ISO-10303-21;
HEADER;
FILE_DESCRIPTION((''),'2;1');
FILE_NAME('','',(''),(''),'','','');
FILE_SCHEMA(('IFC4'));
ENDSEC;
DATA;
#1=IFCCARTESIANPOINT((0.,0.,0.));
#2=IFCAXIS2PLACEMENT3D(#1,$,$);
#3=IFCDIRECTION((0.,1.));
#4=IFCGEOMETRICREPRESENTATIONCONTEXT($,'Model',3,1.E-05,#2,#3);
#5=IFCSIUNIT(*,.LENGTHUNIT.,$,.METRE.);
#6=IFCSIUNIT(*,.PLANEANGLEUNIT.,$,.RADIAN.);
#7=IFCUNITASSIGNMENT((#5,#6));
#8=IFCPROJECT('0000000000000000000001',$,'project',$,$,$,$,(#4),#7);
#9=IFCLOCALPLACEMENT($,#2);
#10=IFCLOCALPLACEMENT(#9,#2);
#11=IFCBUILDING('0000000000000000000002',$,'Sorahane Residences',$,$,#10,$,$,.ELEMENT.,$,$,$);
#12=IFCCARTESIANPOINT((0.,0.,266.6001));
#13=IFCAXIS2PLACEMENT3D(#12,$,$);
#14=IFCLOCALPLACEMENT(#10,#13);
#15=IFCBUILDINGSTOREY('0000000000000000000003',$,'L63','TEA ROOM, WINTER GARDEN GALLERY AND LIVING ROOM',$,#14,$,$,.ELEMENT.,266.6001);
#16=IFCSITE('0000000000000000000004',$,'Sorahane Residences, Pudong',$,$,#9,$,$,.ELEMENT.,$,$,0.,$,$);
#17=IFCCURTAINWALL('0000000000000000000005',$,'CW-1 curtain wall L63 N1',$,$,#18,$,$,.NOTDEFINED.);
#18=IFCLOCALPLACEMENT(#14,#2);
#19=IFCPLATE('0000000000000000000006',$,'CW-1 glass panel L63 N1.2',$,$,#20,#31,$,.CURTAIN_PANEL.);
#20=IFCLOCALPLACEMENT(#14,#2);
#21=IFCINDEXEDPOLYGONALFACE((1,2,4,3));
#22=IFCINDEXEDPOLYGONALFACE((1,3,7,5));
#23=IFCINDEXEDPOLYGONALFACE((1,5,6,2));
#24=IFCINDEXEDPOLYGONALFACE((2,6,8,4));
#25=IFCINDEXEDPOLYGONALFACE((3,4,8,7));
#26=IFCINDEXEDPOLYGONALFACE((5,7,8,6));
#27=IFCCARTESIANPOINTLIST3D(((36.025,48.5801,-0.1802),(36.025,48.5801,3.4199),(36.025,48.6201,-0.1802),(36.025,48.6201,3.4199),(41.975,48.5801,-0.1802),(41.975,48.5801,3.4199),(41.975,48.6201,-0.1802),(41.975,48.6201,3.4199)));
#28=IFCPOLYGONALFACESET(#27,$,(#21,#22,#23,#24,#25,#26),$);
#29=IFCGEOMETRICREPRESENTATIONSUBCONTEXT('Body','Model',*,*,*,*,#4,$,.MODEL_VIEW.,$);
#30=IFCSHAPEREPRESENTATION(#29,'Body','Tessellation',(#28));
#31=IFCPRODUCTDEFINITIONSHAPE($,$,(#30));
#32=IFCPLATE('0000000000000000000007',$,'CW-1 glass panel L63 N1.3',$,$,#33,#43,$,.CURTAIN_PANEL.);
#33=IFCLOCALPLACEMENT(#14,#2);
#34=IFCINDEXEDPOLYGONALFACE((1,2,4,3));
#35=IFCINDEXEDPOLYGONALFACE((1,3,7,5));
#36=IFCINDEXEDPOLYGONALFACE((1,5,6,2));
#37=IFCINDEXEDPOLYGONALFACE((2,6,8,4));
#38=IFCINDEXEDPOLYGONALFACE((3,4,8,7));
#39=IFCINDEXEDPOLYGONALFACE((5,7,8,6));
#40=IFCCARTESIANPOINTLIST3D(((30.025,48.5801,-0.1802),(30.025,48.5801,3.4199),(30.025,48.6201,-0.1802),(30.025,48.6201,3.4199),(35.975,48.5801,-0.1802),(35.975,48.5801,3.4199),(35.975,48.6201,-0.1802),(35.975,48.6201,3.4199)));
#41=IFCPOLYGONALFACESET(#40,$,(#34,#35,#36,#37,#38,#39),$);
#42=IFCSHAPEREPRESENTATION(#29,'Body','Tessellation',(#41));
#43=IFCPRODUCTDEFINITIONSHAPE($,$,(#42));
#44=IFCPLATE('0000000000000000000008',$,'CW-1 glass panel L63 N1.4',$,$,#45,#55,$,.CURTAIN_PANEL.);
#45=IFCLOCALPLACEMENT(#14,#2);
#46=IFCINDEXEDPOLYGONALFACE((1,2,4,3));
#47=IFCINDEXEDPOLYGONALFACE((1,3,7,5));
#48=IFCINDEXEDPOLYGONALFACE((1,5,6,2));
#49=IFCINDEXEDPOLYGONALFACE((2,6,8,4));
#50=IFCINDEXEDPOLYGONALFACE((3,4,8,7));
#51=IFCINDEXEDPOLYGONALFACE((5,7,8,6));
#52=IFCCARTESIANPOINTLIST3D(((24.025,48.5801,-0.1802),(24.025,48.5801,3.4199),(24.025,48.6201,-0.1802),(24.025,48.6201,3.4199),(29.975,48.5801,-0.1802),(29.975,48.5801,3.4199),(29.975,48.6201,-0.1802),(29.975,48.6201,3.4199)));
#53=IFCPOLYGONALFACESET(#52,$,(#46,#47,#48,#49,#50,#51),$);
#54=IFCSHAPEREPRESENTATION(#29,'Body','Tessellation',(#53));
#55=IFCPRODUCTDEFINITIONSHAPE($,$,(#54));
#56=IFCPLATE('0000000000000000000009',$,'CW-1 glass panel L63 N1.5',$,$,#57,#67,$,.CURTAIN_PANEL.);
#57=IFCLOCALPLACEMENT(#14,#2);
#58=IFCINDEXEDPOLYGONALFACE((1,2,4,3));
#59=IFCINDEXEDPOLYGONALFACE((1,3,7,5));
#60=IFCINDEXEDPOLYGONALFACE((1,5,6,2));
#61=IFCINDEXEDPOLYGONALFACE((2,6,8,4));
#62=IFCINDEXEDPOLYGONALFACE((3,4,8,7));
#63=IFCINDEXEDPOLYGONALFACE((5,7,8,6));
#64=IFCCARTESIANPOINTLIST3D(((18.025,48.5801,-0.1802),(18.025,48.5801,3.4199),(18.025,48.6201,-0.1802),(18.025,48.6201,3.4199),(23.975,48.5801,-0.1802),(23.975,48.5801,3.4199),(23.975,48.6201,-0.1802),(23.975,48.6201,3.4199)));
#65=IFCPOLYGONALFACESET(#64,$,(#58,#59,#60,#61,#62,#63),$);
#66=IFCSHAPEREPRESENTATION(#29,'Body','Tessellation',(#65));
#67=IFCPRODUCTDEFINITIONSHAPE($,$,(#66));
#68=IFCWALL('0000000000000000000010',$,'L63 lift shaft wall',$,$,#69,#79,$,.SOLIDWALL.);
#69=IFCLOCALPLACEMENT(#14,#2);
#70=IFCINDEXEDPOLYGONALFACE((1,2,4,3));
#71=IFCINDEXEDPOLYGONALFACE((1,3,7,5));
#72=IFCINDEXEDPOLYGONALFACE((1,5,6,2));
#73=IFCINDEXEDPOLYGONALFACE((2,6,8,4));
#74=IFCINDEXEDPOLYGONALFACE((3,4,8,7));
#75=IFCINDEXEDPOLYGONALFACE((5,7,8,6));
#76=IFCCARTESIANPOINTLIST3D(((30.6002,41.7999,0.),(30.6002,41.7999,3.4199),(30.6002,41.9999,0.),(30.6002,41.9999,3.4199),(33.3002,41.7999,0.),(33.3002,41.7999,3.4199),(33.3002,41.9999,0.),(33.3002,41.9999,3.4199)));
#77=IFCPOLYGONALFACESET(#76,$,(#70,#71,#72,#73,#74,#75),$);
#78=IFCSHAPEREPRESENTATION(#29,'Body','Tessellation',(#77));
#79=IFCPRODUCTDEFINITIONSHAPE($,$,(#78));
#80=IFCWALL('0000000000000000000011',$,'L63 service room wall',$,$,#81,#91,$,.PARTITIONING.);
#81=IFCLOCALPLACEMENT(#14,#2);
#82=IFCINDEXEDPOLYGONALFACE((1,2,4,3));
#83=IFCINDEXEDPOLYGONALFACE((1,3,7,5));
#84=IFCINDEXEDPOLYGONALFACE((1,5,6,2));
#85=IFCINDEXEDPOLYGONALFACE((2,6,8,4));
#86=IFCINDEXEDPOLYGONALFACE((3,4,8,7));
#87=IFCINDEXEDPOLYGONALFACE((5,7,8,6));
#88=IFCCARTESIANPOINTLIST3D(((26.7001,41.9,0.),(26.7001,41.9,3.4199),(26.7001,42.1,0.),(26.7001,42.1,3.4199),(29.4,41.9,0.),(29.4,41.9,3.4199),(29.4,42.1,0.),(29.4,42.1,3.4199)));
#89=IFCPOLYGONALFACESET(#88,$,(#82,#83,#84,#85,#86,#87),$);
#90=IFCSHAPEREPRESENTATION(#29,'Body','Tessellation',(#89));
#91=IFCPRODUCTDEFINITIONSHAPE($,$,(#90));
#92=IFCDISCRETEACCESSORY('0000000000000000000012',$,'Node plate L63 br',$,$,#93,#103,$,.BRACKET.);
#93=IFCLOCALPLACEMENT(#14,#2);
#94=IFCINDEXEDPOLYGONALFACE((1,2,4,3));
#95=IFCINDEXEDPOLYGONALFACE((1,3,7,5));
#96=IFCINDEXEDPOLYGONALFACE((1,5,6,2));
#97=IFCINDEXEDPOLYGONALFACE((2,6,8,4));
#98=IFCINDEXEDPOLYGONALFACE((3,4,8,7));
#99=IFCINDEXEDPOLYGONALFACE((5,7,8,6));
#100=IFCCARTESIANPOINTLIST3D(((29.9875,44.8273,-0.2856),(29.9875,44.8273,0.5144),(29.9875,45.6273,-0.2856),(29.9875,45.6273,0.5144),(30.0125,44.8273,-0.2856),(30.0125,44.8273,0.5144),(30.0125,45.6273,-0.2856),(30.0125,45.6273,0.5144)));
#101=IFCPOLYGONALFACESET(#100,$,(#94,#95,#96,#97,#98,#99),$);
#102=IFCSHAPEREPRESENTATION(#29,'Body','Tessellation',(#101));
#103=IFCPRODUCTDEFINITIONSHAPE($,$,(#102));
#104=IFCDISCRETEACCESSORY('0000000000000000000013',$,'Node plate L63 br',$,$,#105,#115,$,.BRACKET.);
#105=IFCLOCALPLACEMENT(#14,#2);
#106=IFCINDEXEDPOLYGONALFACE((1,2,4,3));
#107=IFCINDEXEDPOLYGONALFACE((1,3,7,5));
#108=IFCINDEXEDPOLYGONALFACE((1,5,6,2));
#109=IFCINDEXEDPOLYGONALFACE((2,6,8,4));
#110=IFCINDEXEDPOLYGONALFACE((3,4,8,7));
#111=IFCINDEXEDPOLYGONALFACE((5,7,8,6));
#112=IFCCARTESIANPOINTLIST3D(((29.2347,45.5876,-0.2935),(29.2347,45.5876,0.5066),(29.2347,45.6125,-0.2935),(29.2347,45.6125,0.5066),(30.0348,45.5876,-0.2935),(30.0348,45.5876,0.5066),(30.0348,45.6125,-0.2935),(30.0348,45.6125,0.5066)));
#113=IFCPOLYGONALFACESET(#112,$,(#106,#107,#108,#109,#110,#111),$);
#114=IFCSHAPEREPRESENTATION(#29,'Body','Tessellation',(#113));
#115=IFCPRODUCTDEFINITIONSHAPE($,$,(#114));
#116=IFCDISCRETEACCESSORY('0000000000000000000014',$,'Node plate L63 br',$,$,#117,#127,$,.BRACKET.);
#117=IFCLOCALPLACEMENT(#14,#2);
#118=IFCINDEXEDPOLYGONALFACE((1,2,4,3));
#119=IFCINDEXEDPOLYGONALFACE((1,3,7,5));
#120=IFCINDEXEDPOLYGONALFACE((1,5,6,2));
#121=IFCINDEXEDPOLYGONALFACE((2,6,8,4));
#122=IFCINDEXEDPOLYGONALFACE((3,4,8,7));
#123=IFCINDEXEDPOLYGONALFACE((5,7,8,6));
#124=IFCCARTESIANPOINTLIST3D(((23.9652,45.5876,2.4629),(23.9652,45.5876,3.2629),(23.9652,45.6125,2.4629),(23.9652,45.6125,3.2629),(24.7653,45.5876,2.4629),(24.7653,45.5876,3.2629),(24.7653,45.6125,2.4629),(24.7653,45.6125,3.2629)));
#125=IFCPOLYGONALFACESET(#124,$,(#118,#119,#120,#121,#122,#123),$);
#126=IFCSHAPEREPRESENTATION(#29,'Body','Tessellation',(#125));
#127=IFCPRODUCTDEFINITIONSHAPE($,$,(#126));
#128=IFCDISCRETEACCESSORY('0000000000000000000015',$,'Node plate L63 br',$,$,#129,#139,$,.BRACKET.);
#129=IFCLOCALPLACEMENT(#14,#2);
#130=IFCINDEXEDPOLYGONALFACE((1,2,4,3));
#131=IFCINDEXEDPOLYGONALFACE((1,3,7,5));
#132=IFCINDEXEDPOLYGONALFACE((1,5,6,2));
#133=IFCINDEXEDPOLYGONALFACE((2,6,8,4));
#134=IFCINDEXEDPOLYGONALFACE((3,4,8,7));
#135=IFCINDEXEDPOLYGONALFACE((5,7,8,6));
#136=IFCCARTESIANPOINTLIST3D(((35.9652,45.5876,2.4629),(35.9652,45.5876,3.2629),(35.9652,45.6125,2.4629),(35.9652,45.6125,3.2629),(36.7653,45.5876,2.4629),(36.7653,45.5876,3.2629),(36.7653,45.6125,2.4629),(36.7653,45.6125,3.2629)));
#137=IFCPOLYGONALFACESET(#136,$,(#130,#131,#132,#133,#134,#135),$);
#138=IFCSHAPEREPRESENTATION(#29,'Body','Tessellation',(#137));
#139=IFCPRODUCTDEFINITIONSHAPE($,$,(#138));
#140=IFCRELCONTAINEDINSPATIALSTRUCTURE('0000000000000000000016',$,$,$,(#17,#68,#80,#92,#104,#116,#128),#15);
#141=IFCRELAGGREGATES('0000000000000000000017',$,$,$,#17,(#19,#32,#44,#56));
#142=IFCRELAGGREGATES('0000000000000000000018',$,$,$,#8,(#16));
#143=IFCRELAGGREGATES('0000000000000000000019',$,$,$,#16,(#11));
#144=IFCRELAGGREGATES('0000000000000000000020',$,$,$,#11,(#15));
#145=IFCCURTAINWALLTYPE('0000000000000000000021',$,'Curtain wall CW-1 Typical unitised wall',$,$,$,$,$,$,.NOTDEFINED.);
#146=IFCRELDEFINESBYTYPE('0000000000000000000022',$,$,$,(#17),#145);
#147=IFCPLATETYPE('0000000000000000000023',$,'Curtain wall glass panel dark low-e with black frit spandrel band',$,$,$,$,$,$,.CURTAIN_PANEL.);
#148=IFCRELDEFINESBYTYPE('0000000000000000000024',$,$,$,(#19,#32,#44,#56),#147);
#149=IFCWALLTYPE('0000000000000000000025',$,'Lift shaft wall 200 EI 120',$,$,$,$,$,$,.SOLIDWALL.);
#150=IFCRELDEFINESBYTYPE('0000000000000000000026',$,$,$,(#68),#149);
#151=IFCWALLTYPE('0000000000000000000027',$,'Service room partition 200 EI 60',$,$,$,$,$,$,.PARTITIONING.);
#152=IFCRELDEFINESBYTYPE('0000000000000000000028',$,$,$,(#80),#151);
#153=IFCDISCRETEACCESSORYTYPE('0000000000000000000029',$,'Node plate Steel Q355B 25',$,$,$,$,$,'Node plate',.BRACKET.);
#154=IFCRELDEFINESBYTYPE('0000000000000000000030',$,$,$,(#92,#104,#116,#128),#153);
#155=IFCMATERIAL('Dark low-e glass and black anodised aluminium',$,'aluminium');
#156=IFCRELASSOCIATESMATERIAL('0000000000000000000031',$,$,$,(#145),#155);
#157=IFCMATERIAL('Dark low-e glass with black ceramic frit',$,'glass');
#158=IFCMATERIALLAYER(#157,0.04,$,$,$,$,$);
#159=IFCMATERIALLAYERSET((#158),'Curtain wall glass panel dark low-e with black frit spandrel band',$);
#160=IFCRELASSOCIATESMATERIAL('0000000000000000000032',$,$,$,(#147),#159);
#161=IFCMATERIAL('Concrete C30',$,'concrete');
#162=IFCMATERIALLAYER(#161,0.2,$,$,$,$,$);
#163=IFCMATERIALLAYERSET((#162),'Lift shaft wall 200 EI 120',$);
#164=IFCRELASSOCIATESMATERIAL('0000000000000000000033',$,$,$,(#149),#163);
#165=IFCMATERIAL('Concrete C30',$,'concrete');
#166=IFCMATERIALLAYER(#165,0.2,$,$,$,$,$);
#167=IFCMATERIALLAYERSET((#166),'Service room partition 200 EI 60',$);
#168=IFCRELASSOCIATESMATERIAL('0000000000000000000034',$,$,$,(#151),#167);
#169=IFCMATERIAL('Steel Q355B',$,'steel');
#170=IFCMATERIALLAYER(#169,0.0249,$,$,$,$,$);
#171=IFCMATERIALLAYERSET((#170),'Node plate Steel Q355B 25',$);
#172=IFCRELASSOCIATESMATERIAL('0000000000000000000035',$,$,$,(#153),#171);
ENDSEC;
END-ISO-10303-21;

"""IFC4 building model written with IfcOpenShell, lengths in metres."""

from ifc_helpers import new_model, si_unit, direction, frame, frame_2d, origin, origin_2d, place, context, subcontext, project, spatial, rectangle, extrude, material, layer, layer_set, type_object, element, aggregate, save


model = new_model("IFC4")

# Units and contexts
model_context = context("Model", 3, precision=1e-05, world=origin(), true_north=direction((0.0, 1.0)))
body_context = subcontext(model_context, "Body", "Model", "MODEL_VIEW")
ifc_project = project(units=[si_unit("LENGTHUNIT", "METRE"), si_unit("PLANEANGLEUNIT", "RADIAN")], contexts=[model_context])

# Site, building, storey
site_placement = place(None, origin())
site = spatial("IfcSite", under=ifc_project, at=site_placement, Name="Sorahane Residences, Pudong", CompositionType="ELEMENT", RefElevation=0.0)
building_placement = place(site_placement, origin())
building = spatial("IfcBuilding", under=site, at=building_placement, Name="Sorahane Residences", CompositionType="ELEMENT")
storey_placement = place(building_placement, frame((0.0, 0.0, 266.6001)))
storey = spatial("IfcBuildingStorey", under=building, at=storey_placement, Name="L63", Description="TEA ROOM, WINTER GARDEN GALLERY AND LIVING ROOM", CompositionType="ELEMENT", Elevation=266.6001)

# Curtain wall
ifc_material_1 = material(Name="Dark low-e glass and black anodised aluminium", Category="aluminium")
curtain_wall_type = type_object("IfcCurtainWallType", Name="Curtain wall CW-1 Typical unitised wall", PredefinedType="NOTDEFINED", material=ifc_material_1)
curtain_wall_placement = place(storey_placement, origin())
curtain_wall = element("IfcCurtainWall", 1, at=curtain_wall_placement, inside=storey, type_object=curtain_wall_type, Name="CW-1 curtain wall L63 N1", PredefinedType="NOTDEFINED")

# Plates
ifc_material_2 = material(Name="Dark low-e glass with black ceramic frit", Category="glass")
ifc_layer_1 = layer(ifc_material_2, 0.04)
ifc_layer_set_1 = layer_set([ifc_layer_1], Name="Curtain wall glass panel dark low-e with black frit spandrel band")
plate_type = type_object("IfcPlateType", Name="Curtain wall glass panel dark low-e with black frit spandrel band", PredefinedType="CURTAIN_PANEL", material=ifc_layer_set_1)
plate_1_placement = place(storey_placement, frame((39.0, 48.6001, -0.1802), z_axis=(0.0, 0.0, 1.0), x_axis=(-1.0, 0.0, 0.0)))
plate_1 = element("IfcPlate", 2, at=plate_1_placement, type_object=plate_type, Name="CW-1 glass panel L63 N1.2", PredefinedType="CURTAIN_PANEL", context=body_context, shape_type="SweptSolid", body=[
    extrude(rectangle(XDim=5.95, YDim=0.04, at=origin_2d()), origin(), (0.0, 0.0, 1.0), 3.6001),
])
plate_2_placement = place(storey_placement, frame((33.0, 48.6001, -0.1802), z_axis=(0.0, 0.0, 1.0), x_axis=(-1.0, 0.0, 0.0)))
plate_2 = element("IfcPlate", 3, at=plate_2_placement, type_object=plate_type, Name="CW-1 glass panel L63 N1.3", PredefinedType="CURTAIN_PANEL", context=body_context, shape_type="SweptSolid", body=[
    extrude(rectangle(XDim=5.95, YDim=0.04, at=origin_2d()), origin(), (0.0, 0.0, 1.0), 3.6001),
])
plate_3_placement = place(storey_placement, frame((27.0, 48.6001, -0.1802), z_axis=(0.0, 0.0, 1.0), x_axis=(-1.0, 0.0, 0.0)))
plate_3 = element("IfcPlate", 4, at=plate_3_placement, type_object=plate_type, Name="CW-1 glass panel L63 N1.4", PredefinedType="CURTAIN_PANEL", context=body_context, shape_type="SweptSolid", body=[
    extrude(rectangle(XDim=5.95, YDim=0.04, at=origin_2d()), origin(), (0.0, 0.0, 1.0), 3.6001),
])
plate_4_placement = place(storey_placement, frame((21.0, 48.6001, -0.1802), z_axis=(0.0, 0.0, 1.0), x_axis=(-1.0, 0.0, 0.0)))
plate_4 = element("IfcPlate", 5, at=plate_4_placement, type_object=plate_type, Name="CW-1 glass panel L63 N1.5", PredefinedType="CURTAIN_PANEL", context=body_context, shape_type="SweptSolid", body=[
    extrude(rectangle(XDim=5.95, YDim=0.04, at=origin_2d()), origin(), (0.0, 0.0, 1.0), 3.6001),
])
aggregate(curtain_wall, [plate_1, plate_2, plate_3, plate_4])

# Walls
ifc_material_3 = material(Name="Concrete C30", Category="concrete")
ifc_layer_2 = layer(ifc_material_3, 0.2)
ifc_layer_set_2 = layer_set([ifc_layer_2], Name="Lift shaft wall 200 EI 120")
wall_type_1 = type_object("IfcWallType", Name="Lift shaft wall 200 EI 120", PredefinedType="SOLIDWALL", material=ifc_layer_set_2)
wall_1_placement = place(storey_placement, frame((30.6001, 41.8999, 0.0), z_axis=(0.0, 0.0, 1.0), x_axis=(1.0, 0.0, 0.0)))
element("IfcWall", 6, at=wall_1_placement, inside=storey, type_object=wall_type_1, Name="L63 lift shaft wall", PredefinedType="SOLIDWALL", context=body_context, shape_type="SweptSolid", body=[
    extrude(rectangle(XDim=2.7, YDim=0.2, at=frame_2d((1.3501, 0.0))), origin(), (0.0, 0.0, 1.0), 3.4199),
])
ifc_material_4 = material(Name="Concrete C30", Category="concrete")
ifc_layer_3 = layer(ifc_material_4, 0.2)
ifc_layer_set_3 = layer_set([ifc_layer_3], Name="Service room partition 200 EI 60")
wall_type_2 = type_object("IfcWallType", Name="Service room partition 200 EI 60", PredefinedType="PARTITIONING", material=ifc_layer_set_3)
wall_2_placement = place(storey_placement, frame((26.7, 42.0, 0.0), z_axis=(0.0, 0.0, 1.0), x_axis=(1.0, 0.0, 0.0)))
element("IfcWall", 7, at=wall_2_placement, inside=storey, type_object=wall_type_2, Name="L63 service room wall", PredefinedType="PARTITIONING", context=body_context, shape_type="SweptSolid", body=[
    extrude(rectangle(XDim=2.7, YDim=0.2, at=frame_2d((1.3501, 0.0))), origin(), (0.0, 0.0, 1.0), 3.4199),
])

# Discrete accessories
ifc_material_5 = material(Name="Steel Q355B", Category="steel")
ifc_layer_4 = layer(ifc_material_5, 0.0249)
ifc_layer_set_4 = layer_set([ifc_layer_4], Name="Node plate Steel Q355B 25")
discrete_accessory_type = type_object("IfcDiscreteAccessoryType", Name="Node plate Steel Q355B 25", ElementType="Node plate", PredefinedType="BRACKET", material=ifc_layer_set_4)
for number, where, z_axis, x_axis, name in (
    (8, (30.0, 45.2273, -0.2856), (0.0, 0.0, 1.0), (0.0, 1.0, 0.0), "Node plate L63 br"),
    (9, (29.6348, 45.6001, -0.2935), (0.0, 0.0, 1.0), (1.0, 0.0, 0.0), "Node plate L63 br"),
    (10, (24.3652, 45.6001, 2.4629), (0.0, 0.0, 1.0), (1.0, 0.0, 0.0), "Node plate L63 br"),
    (11, (36.3652, 45.6001, 2.4629), (0.0, 0.0, 1.0), (1.0, 0.0, 0.0), "Node plate L63 br"),
):
    element("IfcDiscreteAccessory", number, at=place(storey_placement, frame(where, z_axis=z_axis, x_axis=x_axis)), inside=storey, type_object=discrete_accessory_type, Name=name, PredefinedType="BRACKET", context=body_context, shape_type="SweptSolid", body=[
        extrude(rectangle(XDim=0.8, YDim=0.0249, at=origin_2d()), origin(), (0.0, 0.0, 1.0), 0.8),
    ])

save(model, "model.ifc")
